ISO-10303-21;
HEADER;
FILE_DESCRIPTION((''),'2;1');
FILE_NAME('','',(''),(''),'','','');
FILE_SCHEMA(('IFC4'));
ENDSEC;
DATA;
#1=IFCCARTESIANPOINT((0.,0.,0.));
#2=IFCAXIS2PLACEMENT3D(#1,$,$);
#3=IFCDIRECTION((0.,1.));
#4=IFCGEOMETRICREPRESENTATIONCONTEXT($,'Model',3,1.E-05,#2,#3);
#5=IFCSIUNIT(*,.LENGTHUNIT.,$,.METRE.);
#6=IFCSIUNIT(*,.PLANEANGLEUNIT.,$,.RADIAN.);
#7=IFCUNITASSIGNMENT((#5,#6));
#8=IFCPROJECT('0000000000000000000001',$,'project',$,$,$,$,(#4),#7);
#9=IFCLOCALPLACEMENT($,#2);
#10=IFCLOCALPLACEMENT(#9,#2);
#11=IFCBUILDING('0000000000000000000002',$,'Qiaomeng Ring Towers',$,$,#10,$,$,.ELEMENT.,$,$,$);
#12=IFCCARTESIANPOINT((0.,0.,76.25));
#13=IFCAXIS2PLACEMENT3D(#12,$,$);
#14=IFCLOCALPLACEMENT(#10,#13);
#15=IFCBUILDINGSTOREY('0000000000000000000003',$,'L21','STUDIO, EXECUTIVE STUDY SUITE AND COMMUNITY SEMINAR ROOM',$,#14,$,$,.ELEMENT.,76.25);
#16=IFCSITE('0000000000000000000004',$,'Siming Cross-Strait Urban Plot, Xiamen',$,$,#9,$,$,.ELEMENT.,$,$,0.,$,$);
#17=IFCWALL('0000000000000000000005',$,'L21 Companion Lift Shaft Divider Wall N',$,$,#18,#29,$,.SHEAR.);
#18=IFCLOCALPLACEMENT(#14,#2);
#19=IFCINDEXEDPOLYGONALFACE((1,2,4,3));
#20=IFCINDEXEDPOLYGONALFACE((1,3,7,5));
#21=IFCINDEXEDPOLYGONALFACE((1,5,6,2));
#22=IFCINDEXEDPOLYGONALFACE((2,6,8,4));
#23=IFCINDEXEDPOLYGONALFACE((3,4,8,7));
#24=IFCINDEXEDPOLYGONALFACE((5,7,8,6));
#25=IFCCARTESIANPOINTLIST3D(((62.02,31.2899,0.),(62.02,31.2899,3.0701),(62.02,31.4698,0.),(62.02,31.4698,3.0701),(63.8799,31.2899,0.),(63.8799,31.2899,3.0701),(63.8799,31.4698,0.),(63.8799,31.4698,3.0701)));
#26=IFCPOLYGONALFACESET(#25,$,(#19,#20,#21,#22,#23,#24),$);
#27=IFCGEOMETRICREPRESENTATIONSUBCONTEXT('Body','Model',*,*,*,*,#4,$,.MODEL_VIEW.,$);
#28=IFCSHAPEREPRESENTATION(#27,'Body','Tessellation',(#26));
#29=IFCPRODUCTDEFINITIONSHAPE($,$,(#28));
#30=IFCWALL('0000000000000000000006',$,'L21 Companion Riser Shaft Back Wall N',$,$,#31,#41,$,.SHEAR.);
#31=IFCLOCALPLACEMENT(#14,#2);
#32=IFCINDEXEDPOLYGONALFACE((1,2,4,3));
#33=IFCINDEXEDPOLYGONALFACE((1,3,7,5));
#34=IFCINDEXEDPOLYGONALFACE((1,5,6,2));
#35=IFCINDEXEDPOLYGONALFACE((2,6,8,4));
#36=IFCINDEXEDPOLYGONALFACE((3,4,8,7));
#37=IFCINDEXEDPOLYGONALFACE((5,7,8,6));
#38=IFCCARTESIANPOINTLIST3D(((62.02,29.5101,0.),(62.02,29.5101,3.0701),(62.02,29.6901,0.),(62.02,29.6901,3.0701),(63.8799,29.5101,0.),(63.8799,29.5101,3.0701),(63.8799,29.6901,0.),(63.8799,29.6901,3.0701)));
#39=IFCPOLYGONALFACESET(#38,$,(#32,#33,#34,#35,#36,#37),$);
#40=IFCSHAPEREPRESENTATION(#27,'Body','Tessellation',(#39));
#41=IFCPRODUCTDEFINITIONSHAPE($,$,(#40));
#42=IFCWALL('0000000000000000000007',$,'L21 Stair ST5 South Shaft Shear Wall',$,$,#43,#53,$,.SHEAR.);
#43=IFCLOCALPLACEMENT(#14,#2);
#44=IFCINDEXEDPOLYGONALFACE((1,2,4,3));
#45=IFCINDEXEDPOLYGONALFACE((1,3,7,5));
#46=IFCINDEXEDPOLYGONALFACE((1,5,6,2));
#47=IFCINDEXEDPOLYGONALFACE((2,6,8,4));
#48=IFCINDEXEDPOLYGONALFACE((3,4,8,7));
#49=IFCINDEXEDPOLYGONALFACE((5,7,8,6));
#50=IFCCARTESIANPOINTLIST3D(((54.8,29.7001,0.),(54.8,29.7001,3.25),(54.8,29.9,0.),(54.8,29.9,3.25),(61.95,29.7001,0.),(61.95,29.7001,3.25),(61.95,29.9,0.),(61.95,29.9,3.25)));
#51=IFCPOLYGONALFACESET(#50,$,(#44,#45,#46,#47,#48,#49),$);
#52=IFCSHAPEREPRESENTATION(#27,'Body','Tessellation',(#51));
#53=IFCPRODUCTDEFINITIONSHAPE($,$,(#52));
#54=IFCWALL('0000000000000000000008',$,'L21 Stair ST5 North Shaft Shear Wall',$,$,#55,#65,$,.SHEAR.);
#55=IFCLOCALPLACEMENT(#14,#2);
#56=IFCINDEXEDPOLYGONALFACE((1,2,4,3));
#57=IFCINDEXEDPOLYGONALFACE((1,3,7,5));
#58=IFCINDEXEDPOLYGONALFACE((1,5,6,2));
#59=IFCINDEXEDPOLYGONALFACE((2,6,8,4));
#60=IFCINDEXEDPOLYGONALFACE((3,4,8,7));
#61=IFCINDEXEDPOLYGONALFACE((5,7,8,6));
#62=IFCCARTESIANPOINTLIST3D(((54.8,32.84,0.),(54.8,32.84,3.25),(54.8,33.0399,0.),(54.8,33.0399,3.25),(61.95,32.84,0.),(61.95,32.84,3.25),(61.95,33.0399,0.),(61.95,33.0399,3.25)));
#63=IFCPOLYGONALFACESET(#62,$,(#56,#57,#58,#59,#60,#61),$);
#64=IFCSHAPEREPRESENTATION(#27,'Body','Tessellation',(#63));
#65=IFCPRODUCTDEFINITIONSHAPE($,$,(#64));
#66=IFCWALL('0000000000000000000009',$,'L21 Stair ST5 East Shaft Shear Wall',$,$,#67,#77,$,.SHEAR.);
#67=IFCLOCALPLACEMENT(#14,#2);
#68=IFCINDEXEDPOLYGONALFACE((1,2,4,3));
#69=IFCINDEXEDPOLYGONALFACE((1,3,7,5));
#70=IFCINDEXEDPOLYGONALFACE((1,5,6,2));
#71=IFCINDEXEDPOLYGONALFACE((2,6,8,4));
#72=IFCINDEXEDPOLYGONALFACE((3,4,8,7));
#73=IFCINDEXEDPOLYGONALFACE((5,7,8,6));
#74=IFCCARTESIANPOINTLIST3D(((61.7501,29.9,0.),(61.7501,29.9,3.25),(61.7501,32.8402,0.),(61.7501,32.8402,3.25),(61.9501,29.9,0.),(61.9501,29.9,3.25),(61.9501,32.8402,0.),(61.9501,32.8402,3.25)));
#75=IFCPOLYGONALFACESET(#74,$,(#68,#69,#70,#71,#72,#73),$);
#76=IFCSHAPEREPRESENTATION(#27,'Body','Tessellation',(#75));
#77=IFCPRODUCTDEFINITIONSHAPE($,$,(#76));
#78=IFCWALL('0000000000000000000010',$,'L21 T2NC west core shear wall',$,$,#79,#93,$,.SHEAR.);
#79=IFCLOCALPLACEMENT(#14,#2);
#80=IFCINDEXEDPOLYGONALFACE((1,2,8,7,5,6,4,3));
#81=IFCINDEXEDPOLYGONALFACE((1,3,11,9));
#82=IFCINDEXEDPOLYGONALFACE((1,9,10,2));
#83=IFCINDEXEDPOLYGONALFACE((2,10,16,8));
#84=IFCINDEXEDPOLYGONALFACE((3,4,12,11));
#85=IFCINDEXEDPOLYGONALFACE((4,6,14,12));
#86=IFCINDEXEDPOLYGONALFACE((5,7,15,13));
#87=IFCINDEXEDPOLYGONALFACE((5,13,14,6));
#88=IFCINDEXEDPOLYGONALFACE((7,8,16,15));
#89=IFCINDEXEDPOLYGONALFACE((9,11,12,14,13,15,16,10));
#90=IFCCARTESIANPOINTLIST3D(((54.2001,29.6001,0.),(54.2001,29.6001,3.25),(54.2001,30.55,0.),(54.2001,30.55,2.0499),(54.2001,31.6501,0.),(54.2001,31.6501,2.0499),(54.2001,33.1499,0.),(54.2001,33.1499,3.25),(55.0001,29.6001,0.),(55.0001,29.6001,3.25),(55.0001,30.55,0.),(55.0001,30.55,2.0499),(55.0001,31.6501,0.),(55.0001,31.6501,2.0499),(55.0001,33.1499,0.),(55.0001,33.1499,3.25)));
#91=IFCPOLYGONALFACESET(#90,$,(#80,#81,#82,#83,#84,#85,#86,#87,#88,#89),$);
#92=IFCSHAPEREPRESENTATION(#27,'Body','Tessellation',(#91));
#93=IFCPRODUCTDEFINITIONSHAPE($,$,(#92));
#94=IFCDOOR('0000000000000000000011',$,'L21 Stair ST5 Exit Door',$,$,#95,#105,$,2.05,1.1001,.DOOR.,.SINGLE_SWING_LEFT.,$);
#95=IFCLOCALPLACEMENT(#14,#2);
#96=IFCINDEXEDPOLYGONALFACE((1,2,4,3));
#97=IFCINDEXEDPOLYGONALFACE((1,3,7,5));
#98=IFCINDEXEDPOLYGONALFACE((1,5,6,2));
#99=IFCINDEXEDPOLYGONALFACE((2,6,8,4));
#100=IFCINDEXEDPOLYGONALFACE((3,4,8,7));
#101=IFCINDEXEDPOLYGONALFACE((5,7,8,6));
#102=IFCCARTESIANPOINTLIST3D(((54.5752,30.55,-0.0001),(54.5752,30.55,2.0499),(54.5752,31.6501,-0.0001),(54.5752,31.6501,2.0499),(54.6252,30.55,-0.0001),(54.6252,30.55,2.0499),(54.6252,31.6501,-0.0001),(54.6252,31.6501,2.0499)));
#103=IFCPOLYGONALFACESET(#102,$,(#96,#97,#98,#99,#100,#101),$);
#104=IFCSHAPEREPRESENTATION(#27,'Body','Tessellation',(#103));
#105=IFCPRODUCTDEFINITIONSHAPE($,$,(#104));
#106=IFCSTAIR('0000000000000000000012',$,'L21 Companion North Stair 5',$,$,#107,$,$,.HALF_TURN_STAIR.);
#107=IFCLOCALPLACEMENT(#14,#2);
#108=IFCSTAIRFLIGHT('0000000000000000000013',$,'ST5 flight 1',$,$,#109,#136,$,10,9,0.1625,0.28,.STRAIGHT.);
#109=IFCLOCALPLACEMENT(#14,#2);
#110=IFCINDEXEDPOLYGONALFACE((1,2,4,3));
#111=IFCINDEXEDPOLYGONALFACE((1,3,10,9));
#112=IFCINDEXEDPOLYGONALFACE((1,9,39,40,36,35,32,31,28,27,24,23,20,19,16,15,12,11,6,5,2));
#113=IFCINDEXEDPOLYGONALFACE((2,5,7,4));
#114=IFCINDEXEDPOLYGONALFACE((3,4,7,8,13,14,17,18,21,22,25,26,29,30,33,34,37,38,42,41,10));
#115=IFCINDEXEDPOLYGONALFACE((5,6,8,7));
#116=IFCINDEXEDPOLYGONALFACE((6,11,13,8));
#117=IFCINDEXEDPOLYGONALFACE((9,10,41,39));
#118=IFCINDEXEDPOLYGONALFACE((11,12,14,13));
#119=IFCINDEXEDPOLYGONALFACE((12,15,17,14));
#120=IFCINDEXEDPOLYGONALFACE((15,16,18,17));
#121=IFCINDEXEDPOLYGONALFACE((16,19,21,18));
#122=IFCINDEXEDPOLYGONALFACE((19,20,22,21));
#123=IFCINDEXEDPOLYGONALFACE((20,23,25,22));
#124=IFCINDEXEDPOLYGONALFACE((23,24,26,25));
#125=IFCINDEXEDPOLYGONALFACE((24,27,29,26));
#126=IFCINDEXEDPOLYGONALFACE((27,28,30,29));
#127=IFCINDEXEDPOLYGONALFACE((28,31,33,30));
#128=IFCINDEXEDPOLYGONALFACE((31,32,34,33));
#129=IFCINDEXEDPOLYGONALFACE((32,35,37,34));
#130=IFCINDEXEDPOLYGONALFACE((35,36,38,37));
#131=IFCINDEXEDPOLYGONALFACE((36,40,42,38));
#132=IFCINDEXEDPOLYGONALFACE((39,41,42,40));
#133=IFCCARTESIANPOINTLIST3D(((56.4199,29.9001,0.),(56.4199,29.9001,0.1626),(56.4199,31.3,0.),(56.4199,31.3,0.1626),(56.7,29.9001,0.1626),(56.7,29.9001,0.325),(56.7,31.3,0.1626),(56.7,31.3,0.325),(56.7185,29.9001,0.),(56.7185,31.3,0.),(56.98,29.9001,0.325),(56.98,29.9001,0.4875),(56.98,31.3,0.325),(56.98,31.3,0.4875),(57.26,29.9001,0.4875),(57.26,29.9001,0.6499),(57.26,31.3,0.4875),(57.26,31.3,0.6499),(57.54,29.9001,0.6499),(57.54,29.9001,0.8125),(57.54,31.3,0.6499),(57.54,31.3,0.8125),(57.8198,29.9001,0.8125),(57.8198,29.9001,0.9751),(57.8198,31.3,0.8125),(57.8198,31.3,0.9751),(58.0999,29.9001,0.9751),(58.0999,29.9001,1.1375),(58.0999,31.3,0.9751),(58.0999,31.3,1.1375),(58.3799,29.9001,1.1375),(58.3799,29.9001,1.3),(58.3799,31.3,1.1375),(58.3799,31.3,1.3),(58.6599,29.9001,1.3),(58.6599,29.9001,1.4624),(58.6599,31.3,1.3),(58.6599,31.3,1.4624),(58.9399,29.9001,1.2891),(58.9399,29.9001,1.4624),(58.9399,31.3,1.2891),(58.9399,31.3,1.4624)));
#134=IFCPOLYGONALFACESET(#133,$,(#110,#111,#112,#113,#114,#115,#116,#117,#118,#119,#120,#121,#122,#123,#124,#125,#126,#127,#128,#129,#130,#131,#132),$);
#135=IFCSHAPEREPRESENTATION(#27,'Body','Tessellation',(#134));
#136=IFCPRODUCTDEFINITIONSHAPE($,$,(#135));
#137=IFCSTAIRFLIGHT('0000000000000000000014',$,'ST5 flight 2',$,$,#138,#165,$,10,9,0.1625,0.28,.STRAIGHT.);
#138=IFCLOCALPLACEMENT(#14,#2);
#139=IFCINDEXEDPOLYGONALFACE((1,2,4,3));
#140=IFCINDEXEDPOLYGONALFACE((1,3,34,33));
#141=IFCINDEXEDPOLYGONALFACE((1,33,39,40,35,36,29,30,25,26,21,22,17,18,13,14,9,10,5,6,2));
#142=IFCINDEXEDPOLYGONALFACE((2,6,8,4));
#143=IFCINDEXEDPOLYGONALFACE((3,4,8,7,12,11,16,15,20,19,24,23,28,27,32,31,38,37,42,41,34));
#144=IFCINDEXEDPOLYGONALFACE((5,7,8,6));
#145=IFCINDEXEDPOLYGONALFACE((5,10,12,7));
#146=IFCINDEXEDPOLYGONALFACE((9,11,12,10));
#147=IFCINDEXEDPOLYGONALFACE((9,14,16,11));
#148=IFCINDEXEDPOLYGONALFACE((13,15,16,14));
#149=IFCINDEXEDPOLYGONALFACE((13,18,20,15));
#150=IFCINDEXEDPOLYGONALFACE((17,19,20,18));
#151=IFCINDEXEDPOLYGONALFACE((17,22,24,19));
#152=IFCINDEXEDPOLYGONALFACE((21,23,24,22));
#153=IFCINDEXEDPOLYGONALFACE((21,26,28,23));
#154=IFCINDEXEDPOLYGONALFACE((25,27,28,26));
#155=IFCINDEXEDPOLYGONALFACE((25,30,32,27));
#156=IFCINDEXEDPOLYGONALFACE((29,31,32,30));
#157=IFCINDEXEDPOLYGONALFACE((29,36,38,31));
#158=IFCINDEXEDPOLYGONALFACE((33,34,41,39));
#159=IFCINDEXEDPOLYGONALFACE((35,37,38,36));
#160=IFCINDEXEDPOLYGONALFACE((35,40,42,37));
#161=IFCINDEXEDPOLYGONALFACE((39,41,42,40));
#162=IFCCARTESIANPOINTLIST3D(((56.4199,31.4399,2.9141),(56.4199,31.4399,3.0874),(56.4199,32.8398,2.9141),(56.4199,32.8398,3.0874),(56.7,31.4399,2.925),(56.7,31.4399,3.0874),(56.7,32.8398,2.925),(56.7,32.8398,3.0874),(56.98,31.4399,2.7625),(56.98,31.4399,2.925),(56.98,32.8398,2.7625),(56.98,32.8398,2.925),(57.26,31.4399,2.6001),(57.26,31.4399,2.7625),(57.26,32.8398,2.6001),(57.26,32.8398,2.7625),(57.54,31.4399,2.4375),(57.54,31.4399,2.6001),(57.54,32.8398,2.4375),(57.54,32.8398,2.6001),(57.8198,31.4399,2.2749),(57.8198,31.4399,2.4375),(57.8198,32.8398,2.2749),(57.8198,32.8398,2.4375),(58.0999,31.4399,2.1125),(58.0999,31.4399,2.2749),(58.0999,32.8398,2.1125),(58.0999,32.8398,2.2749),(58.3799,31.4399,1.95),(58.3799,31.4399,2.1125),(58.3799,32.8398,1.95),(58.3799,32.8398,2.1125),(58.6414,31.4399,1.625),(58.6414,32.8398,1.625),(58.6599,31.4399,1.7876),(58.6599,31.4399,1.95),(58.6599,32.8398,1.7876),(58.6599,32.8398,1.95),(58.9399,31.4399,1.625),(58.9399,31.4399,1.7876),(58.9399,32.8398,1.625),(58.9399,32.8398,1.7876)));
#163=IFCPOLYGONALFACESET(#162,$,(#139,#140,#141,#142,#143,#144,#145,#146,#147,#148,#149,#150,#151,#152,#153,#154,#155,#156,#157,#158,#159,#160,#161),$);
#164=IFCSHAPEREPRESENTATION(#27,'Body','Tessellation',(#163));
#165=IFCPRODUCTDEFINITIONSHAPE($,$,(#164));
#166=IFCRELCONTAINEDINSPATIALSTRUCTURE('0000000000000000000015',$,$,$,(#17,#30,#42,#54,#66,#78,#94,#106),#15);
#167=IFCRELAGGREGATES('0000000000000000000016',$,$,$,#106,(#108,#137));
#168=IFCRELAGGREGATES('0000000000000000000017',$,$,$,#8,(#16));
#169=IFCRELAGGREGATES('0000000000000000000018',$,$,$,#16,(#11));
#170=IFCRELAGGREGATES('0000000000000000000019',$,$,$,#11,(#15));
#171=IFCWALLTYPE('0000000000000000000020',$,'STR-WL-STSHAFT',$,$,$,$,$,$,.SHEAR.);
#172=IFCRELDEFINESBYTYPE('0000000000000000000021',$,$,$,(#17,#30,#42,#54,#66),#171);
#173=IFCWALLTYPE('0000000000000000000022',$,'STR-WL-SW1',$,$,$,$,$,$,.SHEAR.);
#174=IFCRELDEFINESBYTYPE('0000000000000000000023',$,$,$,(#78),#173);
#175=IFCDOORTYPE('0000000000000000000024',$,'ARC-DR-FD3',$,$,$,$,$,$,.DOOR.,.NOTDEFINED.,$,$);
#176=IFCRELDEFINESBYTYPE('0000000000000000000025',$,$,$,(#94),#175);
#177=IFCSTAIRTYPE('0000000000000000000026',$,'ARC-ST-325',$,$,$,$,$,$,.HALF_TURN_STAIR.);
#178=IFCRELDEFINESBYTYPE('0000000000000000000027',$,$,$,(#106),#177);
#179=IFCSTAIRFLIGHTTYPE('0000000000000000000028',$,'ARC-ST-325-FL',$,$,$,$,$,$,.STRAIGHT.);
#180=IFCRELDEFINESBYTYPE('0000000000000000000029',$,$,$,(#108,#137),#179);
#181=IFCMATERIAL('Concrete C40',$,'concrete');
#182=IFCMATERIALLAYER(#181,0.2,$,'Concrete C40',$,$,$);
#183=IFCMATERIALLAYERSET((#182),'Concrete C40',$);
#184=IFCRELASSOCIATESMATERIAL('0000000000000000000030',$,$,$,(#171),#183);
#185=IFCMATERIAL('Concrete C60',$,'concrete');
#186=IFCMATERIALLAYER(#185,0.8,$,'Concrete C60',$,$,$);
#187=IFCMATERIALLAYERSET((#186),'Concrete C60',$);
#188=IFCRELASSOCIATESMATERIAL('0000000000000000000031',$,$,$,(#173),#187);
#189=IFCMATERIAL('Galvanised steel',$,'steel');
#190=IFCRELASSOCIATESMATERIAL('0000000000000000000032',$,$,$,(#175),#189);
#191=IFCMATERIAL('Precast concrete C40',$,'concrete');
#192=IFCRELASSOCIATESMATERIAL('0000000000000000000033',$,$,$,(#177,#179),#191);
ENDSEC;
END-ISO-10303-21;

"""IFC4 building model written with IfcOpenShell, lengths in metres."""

from ifc_helpers import new_model, si_unit, direction, frame, frame_2d, origin, place, context, subcontext, project, spatial, polyline, rectangle, outline, extrude, source, transform, mapped, material, layer, layer_set, type_object, element, fill, aggregate, save


model = new_model("IFC4")

# Units and contexts
model_context = context("Model", 3, precision=1e-05, world=origin(), true_north=direction((0.0, 1.0)))
body_context = subcontext(model_context, "Body", "Model", "MODEL_VIEW")
ifc_project = project(units=[si_unit("LENGTHUNIT", "METRE"), si_unit("PLANEANGLEUNIT", "RADIAN")], contexts=[model_context])

# Site, building, storey
site_placement = place(None, origin())
site = spatial("IfcSite", under=ifc_project, at=site_placement, Name="Siming Cross-Strait Urban Plot, Xiamen", CompositionType="ELEMENT", RefElevation=0.0)
building_placement = place(site_placement, origin())
building = spatial("IfcBuilding", under=site, at=building_placement, Name="Qiaomeng Ring Towers", CompositionType="ELEMENT")
storey_placement = place(building_placement, frame((0.0, 0.0, 76.25)))
storey = spatial("IfcBuildingStorey", under=building, at=storey_placement, Name="L21", Description="STUDIO, EXECUTIVE STUDY SUITE AND COMMUNITY SEMINAR ROOM", CompositionType="ELEMENT", Elevation=76.25)

# Walls
ifc_material_1 = material(Name="Concrete C40", Category="concrete")
ifc_layer_1 = layer(ifc_material_1, 0.2, Name="Concrete C40")
ifc_layer_set_1 = layer_set([ifc_layer_1], Name="Concrete C40")
wall_type_1 = type_object("IfcWallType", Name="STR-WL-STSHAFT", PredefinedType="SHEAR", material=ifc_layer_set_1)
for number, where, z_axis, x_axis, name in (
    (1, (62.02, 31.3799, 0.0), (0.0, 0.0, 1.0), (1.0, 0.0, 0.0), "L21 Companion Lift Shaft Divider Wall N"),
    (2, (62.02, 29.6001, 0.0), (0.0, 0.0, 1.0), (1.0, 0.0, 0.0), "L21 Companion Riser Shaft Back Wall N"),
):
    element("IfcWall", number, at=place(storey_placement, frame(where, z_axis=z_axis, x_axis=x_axis)), inside=storey, type_object=wall_type_1, Name=name, PredefinedType="SHEAR", context=body_context, shape_type="SweptSolid", body=[
        extrude(rectangle(XDim=1.8599, YDim=0.1799, at=frame_2d((0.9299, 0.0))), origin(), (0.0, 0.0, 1.0), 3.0701),
    ])
for number, where, z_axis, x_axis, name in (
    (3, (54.8, 29.8, 0.0), (0.0, 0.0, 1.0), (1.0, 0.0, 0.0), "L21 Stair ST5 South Shaft Shear Wall"),
    (4, (54.8, 32.9399, 0.0), (0.0, 0.0, 1.0), (1.0, 0.0, 0.0), "L21 Stair ST5 North Shaft Shear Wall"),
):
    element("IfcWall", number, at=place(storey_placement, frame(where, z_axis=z_axis, x_axis=x_axis)), inside=storey, type_object=wall_type_1, Name=name, PredefinedType="SHEAR", context=body_context, shape_type="SweptSolid", body=[
        extrude(rectangle(XDim=7.1499, YDim=0.2, at=frame_2d((3.575, 0.0))), origin(), (0.0, 0.0, 1.0), 3.25),
    ])
wall_1_placement = place(storey_placement, frame((61.8501, 29.8999, 0.0), z_axis=(0.0, 0.0, 1.0), x_axis=(0.0, 1.0, 0.0)))
element("IfcWall", 5, at=wall_1_placement, inside=storey, type_object=wall_type_1, Name="L21 Stair ST5 East Shaft Shear Wall", PredefinedType="SHEAR", context=body_context, shape_type="SweptSolid", body=[
    extrude(rectangle(XDim=2.9402, YDim=0.2, at=frame_2d((1.4702, 0.0))), origin(), (0.0, 0.0, 1.0), 3.25),
])

# Wall, opening, door
ifc_material_2 = material(Name="Concrete C60", Category="concrete")
ifc_layer_2 = layer(ifc_material_2, 0.8, Name="Concrete C60")
ifc_layer_set_2 = layer_set([ifc_layer_2], Name="Concrete C60")
wall_type_2 = type_object("IfcWallType", Name="STR-WL-SW1", PredefinedType="SHEAR", material=ifc_layer_set_2)
wall_2_placement = place(storey_placement, frame((54.6001, 29.6001, 0.0), z_axis=(0.0, 0.0, 1.0), x_axis=(0.0, 1.0, 0.0)))
wall_2 = element("IfcWall", 6, at=wall_2_placement, inside=storey, type_object=wall_type_2, Name="L21 T2NC west core shear wall", PredefinedType="SHEAR", context=body_context, shape_type="SweptSolid", body=[
    extrude(rectangle(XDim=3.5498, YDim=0.8, at=frame_2d((1.7749, 0.0))), origin(), (0.0, 0.0, 1.0), 3.25),
])
opening_placement = place(wall_2_placement, frame((0.95, 0.0, 0.0)))
opening = element("IfcOpeningElement", 7, at=opening_placement, cuts=wall_2, PredefinedType="OPENING", context=body_context, shape_type="SweptSolid", body=[
    extrude(rectangle(XDim=1.1001, YDim=2.05, at=frame_2d((0.55, 1.0249))), frame((0.0, 0.4099, 0.0), z_axis=(0.0, -1.0, 0.0), x_axis=(1.0, 0.0, 0.0)), (0.0, 0.0, 1.0), 0.8201),
])
ifc_material_3 = material(Name="Galvanised steel", Category="steel")
door_type = type_object("IfcDoorType", Name="ARC-DR-FD3", OperationType="NOTDEFINED", PredefinedType="DOOR", material=ifc_material_3)
shared_shape_1 = source(origin(), body_context, "Body", "SweptSolid", [
    extrude(rectangle(XDim=1.1001, YDim=2.05, at=frame_2d((0.55, 1.0249))), frame((0.0, 0.0249, 0.0), z_axis=(0.0, -1.0, 0.0), x_axis=(1.0, 0.0, 0.0)), (0.0, 0.0, 1.0), 0.05),
])
door_placement = place(opening_placement, origin())
door = element("IfcDoor", 8, at=door_placement, inside=storey, type_object=door_type, Name="L21 Stair ST5 Exit Door", OperationType="SINGLE_SWING_LEFT", OverallHeight=2.05, OverallWidth=1.1001, PredefinedType="DOOR", context=body_context, shape_type="MappedRepresentation", body=[
    mapped(shared_shape_1, transform((0.0, 0.0, 0.0), x_axis=(1.0, 0.0, 0.0), y_axis=(0.0, 1.0, 0.0), z_axis=(0.0, 0.0, 1.0), scale=1.0)),
])
fill(opening, door)

# Stair, stair flights
ifc_material_4 = material(Name="Precast concrete C40", Category="concrete")
stair_type = type_object("IfcStairType", Name="ARC-ST-325", PredefinedType="HALF_TURN_STAIR", material=ifc_material_4)
stair_placement = place(storey_placement, origin())
stair = element("IfcStair", 9, at=stair_placement, inside=storey, type_object=stair_type, Name="L21 Companion North Stair 5", PredefinedType="HALF_TURN_STAIR")
stair_flight_type = type_object("IfcStairFlightType", Name="ARC-ST-325-FL", PredefinedType="STRAIGHT", material=ifc_material_4)
shared_shape_2 = source(origin(), body_context, "Body", "SweptSolid", [
    extrude(outline(polyline([(0.0, 0.0), (0.0, 0.1626), (0.28, 0.1626), (0.28, 0.325), (0.5601, 0.325), (0.5601, 0.4875), (0.8401, 0.4875), (0.8401, 0.6499), (1.1201, 0.6499), (1.1201, 0.8125), (1.3999, 0.8125), (1.3999, 0.9751), (1.6799, 0.9751), (1.6799, 1.1375), (1.96, 1.1375), (1.96, 1.3), (2.24, 1.3), (2.24, 1.4624), (2.52, 1.4624), (2.52, 1.625), (2.52, 1.2891), (0.2986, 0.0), (0.0, 0.0)])), frame((0.0, 0.7, 0.0), z_axis=(0.0, -1.0, 0.0), x_axis=(1.0, 0.0, 0.0)), (0.0, 0.0, 1.0), 1.3999),
])
stair_flight_1_placement = place(storey_placement, frame((56.4199, 30.6001, 0.0), z_axis=(0.0, 0.0, 1.0), x_axis=(1.0, 0.0, 0.0)))
stair_flight_1 = element("IfcStairFlight", 10, at=stair_flight_1_placement, type_object=stair_flight_type, Name="ST5 flight 1", NumberOfRisers=10, NumberOfTreads=9, PredefinedType="STRAIGHT", RiserHeight=0.1625, TreadLength=0.28, context=body_context, shape_type="MappedRepresentation", body=[
    mapped(shared_shape_2, transform((0.0, 0.0, 0.0), x_axis=(1.0, 0.0, 0.0), y_axis=(0.0, 1.0, 0.0), z_axis=(0.0, 0.0, 1.0), scale=1.0)),
])
stair_flight_2_placement = place(storey_placement, frame((58.9399, 32.1399, 1.625), z_axis=(0.0, 0.0, 1.0), x_axis=(-1.0, 0.0, 0.0)))
stair_flight_2 = element("IfcStairFlight", 11, at=stair_flight_2_placement, type_object=stair_flight_type, Name="ST5 flight 2", NumberOfRisers=10, NumberOfTreads=9, PredefinedType="STRAIGHT", RiserHeight=0.1625, TreadLength=0.28, context=body_context, shape_type="MappedRepresentation", body=[
    mapped(shared_shape_2, transform((0.0, 0.0, 0.0), x_axis=(1.0, 0.0, 0.0), y_axis=(0.0, 1.0, 0.0), z_axis=(0.0, 0.0, 1.0), scale=1.0)),
])
aggregate(stair, [stair_flight_1, stair_flight_2])

save(model, "model.ifc")
